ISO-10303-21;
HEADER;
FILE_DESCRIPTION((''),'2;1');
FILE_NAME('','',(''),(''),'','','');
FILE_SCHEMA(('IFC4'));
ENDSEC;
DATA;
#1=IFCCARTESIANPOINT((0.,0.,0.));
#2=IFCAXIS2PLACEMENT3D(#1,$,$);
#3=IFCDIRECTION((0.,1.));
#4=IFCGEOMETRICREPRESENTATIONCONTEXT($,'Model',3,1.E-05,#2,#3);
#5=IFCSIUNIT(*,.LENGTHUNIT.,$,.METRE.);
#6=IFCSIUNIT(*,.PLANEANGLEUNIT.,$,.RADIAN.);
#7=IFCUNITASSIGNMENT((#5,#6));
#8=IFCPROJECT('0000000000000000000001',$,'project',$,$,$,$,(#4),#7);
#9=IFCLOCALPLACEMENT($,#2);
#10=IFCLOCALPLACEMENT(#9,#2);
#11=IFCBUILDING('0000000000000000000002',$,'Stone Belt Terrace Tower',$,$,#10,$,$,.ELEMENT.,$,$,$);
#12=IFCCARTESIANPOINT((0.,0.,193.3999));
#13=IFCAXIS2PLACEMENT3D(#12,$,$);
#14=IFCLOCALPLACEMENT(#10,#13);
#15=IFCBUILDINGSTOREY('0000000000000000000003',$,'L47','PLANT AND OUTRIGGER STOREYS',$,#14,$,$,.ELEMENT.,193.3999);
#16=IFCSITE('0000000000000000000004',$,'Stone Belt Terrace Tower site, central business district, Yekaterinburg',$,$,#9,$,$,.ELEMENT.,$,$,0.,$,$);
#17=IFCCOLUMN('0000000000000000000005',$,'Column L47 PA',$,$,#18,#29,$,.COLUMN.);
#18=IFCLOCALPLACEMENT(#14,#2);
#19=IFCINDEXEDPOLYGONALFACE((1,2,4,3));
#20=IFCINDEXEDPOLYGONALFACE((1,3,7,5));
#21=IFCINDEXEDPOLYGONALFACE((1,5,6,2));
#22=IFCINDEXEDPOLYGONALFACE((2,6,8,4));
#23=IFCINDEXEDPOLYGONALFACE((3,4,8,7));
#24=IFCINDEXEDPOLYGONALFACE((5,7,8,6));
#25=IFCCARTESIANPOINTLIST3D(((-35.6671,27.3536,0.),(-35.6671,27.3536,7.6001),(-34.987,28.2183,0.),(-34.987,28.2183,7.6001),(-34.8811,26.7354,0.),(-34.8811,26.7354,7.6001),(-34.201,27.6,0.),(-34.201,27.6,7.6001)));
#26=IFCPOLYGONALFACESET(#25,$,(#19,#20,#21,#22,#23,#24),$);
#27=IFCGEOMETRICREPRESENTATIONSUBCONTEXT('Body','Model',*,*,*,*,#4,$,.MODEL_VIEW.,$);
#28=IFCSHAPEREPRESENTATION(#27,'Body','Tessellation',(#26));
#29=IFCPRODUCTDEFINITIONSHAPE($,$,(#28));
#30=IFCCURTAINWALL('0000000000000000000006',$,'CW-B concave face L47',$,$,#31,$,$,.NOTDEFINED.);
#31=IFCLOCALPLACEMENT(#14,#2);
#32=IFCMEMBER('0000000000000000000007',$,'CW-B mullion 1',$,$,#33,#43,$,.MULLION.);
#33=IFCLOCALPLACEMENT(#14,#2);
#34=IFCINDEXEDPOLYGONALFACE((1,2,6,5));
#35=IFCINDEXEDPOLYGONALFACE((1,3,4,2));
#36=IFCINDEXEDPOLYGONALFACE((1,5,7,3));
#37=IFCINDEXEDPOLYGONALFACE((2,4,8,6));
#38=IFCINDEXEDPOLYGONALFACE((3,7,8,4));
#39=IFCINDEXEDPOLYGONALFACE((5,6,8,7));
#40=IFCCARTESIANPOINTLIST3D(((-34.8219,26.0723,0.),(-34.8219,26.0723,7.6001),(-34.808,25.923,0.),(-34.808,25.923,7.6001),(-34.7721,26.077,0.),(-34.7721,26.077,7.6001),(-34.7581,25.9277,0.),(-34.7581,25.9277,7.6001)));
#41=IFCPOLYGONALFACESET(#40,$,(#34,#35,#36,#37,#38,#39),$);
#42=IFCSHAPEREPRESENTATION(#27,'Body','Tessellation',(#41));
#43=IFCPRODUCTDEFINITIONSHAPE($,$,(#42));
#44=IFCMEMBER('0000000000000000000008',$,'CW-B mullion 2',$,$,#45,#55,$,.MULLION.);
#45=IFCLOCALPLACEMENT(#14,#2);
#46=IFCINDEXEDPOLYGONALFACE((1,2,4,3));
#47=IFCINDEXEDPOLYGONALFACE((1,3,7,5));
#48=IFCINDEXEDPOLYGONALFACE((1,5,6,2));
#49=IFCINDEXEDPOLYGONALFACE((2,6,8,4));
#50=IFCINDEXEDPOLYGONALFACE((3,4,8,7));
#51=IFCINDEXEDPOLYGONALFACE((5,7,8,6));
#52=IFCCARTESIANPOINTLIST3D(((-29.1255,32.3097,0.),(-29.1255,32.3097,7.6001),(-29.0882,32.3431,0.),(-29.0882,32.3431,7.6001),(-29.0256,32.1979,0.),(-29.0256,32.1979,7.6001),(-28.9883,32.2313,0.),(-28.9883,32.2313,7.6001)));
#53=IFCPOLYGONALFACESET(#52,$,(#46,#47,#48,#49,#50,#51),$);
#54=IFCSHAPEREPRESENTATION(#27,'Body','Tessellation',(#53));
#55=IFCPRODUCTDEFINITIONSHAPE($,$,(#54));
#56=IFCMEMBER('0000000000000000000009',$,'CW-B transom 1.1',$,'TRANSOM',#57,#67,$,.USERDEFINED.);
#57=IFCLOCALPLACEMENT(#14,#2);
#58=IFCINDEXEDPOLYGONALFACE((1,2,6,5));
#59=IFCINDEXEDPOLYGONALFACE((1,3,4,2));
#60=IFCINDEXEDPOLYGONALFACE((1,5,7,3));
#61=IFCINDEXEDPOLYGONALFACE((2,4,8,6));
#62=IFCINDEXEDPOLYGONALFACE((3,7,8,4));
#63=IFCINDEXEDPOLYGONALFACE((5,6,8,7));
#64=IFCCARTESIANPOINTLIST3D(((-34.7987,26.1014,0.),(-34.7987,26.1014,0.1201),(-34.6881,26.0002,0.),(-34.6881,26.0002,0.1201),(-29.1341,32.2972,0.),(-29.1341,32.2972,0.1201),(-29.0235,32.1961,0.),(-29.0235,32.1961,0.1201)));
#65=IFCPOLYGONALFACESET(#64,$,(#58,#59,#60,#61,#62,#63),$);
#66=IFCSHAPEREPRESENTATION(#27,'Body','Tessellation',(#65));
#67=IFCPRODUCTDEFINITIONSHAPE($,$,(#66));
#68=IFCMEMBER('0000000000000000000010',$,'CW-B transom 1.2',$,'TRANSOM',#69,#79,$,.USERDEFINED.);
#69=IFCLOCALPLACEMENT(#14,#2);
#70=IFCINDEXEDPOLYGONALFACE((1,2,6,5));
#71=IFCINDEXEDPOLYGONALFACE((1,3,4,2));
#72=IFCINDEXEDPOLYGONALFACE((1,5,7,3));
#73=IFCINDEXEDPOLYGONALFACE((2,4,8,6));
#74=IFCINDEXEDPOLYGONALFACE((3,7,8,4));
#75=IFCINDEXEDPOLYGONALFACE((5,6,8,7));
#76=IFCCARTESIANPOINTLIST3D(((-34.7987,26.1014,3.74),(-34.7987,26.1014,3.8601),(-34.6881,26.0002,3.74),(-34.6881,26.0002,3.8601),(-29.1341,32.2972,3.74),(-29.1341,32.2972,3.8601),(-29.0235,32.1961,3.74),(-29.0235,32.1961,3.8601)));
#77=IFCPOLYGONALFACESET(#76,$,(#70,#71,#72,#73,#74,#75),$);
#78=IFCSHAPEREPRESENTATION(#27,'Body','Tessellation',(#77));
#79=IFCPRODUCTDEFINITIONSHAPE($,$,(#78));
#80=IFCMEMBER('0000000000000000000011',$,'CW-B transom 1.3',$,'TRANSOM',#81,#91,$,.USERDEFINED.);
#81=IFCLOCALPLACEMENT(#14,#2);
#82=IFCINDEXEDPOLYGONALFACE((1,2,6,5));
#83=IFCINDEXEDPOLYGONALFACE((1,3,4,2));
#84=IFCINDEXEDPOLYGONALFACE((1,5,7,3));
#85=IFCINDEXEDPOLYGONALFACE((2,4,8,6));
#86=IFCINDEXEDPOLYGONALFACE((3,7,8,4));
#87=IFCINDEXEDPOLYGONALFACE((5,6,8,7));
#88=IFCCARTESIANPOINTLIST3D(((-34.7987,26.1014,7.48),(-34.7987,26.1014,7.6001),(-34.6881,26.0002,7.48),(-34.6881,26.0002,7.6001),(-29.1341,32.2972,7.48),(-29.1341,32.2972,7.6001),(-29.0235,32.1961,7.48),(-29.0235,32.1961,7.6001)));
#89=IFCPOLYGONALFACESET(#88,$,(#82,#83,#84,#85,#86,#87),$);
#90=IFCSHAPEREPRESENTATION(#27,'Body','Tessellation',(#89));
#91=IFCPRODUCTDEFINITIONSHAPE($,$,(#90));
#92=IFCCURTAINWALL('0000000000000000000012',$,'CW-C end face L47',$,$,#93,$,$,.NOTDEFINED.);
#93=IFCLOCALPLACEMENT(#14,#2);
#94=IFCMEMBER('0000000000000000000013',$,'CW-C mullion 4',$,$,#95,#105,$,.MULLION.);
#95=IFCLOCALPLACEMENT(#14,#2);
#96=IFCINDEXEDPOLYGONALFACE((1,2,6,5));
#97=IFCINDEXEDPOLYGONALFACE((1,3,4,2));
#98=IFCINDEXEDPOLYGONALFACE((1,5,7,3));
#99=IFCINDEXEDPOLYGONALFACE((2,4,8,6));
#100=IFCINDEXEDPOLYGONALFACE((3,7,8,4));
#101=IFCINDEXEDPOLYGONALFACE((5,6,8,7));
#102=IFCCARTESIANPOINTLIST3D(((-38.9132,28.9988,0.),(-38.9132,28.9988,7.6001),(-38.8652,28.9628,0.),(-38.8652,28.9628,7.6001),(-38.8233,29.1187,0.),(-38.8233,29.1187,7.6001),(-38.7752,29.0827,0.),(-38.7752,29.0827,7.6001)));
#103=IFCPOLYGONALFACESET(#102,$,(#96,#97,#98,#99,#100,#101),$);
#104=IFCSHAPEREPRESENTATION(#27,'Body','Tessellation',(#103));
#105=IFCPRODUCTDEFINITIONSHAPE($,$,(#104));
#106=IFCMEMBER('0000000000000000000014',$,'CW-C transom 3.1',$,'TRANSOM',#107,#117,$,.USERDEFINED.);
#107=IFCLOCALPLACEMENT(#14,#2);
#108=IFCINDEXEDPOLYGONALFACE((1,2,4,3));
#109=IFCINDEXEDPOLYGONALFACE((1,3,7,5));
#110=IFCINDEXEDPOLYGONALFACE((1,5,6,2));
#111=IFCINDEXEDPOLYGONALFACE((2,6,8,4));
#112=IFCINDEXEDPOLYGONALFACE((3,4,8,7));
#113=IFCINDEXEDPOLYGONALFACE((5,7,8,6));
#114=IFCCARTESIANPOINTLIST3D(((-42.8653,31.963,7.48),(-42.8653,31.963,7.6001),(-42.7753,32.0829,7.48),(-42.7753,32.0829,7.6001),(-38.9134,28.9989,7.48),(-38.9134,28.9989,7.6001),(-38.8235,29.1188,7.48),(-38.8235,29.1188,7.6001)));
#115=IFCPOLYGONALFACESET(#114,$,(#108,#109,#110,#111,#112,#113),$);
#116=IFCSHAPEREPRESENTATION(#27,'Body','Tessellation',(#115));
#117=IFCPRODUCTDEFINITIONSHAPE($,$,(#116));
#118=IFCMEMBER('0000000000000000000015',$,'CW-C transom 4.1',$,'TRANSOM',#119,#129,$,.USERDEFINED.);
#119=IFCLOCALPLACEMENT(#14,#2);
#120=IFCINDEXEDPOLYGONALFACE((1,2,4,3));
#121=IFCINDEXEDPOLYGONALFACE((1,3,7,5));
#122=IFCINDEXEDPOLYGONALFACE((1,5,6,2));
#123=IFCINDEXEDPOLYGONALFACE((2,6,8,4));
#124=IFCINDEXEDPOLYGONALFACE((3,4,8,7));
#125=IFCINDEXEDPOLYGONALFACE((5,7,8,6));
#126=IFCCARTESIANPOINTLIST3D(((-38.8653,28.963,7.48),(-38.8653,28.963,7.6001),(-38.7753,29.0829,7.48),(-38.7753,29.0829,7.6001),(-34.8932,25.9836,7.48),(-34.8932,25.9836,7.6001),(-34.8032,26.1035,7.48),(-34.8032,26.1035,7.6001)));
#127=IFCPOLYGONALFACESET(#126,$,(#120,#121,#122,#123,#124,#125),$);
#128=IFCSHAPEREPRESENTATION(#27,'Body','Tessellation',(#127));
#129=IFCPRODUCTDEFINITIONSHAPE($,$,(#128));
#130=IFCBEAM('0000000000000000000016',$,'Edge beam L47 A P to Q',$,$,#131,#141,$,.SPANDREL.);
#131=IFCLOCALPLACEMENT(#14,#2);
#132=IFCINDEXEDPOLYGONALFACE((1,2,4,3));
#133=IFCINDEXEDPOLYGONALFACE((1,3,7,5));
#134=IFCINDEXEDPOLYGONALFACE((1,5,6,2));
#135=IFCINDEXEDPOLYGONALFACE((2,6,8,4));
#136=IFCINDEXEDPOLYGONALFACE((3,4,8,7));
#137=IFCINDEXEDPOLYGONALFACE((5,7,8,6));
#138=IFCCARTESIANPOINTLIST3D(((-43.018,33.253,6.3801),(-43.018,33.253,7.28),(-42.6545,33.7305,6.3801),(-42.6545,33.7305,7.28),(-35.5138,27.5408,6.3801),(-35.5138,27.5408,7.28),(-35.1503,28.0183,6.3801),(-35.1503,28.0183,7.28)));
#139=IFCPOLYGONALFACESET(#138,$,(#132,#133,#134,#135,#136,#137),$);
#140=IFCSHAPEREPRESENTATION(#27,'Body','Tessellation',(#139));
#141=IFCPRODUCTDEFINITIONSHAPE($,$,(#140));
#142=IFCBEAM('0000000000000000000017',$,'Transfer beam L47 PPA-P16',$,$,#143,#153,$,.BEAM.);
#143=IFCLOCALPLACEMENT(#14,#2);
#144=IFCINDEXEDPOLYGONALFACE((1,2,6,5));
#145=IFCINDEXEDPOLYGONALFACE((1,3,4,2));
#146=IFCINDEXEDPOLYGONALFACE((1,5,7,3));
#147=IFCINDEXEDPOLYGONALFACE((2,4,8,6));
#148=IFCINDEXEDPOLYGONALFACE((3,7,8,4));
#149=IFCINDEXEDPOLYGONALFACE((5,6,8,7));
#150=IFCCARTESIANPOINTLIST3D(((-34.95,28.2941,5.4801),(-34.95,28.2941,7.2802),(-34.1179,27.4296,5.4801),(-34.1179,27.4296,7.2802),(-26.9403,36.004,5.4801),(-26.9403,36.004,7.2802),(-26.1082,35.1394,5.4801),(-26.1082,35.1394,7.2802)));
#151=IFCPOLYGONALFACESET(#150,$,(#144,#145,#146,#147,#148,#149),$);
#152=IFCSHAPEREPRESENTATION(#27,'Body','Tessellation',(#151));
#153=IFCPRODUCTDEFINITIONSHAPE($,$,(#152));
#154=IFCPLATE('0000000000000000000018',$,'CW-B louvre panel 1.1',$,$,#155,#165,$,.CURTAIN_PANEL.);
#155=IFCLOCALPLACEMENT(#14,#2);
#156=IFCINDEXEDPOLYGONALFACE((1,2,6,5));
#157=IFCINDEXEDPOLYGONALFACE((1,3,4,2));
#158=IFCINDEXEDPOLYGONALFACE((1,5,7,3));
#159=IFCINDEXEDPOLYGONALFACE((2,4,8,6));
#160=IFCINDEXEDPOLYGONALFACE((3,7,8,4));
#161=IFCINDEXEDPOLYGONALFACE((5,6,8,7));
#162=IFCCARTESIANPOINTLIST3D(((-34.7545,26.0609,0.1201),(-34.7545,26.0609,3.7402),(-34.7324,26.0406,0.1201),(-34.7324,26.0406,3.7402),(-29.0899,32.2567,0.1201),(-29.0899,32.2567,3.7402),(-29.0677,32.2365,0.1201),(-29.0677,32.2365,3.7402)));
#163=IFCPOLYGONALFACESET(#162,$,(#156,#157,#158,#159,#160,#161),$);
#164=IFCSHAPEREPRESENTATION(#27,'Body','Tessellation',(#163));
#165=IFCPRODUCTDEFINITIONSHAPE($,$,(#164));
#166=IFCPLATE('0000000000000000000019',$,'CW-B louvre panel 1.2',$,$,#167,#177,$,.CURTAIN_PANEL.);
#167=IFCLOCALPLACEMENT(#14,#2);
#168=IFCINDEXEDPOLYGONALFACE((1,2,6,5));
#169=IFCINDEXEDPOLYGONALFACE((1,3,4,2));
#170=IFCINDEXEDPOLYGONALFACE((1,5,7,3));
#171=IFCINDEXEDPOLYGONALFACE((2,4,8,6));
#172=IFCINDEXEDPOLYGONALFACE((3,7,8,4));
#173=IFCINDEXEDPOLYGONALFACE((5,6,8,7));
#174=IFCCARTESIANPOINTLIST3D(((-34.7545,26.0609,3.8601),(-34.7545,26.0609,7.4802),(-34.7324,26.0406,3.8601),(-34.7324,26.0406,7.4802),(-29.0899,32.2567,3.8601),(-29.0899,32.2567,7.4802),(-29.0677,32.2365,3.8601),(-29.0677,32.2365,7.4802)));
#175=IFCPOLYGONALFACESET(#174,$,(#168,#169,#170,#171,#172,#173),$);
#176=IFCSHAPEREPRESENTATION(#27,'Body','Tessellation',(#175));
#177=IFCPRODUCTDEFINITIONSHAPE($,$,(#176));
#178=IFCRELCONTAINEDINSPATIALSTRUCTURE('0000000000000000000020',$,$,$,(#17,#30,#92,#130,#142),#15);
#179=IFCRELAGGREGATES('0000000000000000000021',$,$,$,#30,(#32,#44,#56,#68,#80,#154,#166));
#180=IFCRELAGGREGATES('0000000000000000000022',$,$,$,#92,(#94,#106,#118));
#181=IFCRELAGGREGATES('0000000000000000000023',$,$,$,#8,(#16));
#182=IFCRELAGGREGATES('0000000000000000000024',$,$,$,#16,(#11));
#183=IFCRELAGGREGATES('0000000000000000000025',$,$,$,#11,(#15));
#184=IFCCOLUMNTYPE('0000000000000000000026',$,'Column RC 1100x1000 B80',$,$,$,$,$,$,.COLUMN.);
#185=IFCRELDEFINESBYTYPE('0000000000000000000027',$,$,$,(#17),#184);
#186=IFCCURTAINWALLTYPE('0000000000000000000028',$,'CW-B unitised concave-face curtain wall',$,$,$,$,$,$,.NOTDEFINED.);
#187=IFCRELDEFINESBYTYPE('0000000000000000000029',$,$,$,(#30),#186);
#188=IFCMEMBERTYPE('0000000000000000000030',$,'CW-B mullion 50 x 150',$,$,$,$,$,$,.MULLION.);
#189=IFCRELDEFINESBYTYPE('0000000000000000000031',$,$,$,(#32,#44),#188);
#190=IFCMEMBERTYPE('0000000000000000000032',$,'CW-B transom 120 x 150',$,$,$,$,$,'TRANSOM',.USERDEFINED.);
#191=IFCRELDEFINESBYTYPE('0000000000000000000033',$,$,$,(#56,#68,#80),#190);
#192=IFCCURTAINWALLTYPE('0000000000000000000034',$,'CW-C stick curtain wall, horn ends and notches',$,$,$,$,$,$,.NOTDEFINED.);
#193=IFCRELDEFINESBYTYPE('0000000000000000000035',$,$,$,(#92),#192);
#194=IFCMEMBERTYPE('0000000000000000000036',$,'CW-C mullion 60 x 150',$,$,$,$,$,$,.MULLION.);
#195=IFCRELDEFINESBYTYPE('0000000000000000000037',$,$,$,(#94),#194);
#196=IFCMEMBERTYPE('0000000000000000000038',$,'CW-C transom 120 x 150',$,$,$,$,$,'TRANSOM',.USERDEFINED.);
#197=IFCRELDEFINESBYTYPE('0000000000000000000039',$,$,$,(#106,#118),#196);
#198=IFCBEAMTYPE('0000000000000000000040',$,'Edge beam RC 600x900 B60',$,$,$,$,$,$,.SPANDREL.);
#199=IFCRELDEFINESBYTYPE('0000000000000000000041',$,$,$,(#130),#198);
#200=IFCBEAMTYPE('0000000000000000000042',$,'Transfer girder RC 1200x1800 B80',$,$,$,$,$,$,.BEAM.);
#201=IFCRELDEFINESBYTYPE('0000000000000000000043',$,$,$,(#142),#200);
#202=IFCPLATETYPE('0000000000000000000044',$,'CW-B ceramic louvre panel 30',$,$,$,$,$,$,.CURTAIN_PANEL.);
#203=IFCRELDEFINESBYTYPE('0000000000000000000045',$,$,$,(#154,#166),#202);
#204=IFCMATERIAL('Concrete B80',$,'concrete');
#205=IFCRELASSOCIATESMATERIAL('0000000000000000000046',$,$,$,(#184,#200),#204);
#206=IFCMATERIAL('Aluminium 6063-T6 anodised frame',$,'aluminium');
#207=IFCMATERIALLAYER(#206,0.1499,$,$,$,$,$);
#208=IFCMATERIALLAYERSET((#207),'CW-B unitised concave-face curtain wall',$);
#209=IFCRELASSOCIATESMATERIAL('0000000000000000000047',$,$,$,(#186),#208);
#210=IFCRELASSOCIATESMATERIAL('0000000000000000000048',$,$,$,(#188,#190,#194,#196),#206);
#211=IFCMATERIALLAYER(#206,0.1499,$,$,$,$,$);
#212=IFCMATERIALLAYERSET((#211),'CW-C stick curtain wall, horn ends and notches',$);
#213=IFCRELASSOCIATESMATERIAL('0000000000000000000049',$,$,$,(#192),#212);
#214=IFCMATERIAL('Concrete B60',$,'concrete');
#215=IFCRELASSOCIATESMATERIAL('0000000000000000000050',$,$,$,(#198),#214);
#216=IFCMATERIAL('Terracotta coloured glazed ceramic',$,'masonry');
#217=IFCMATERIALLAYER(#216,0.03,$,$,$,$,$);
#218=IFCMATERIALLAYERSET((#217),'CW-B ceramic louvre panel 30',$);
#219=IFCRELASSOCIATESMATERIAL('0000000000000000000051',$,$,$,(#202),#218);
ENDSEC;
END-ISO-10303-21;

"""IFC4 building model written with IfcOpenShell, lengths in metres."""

from ifc_helpers import new_model, si_unit, direction, frame, origin, origin_2d, place, context, subcontext, project, spatial, rectangle, extrude, material, layer, layer_set, material_profile, profile_set, type_object, element, aggregate, save


model = new_model("IFC4")

# Units and contexts
model_context = context("Model", 3, precision=1e-05, world=origin(), true_north=direction((0.0, 1.0)))
body_context = subcontext(model_context, "Body", "Model", "MODEL_VIEW")
ifc_project = project(units=[si_unit("LENGTHUNIT", "METRE"), si_unit("PLANEANGLEUNIT", "RADIAN")], contexts=[model_context])

# Site, building, storey
site_placement = place(None, origin())
site = spatial("IfcSite", under=ifc_project, at=site_placement, Name="Stone Belt Terrace Tower site, central business district, Yekaterinburg", CompositionType="ELEMENT", RefElevation=0.0)
building_placement = place(site_placement, origin())
building = spatial("IfcBuilding", under=site, at=building_placement, Name="Stone Belt Terrace Tower", CompositionType="ELEMENT")
storey_placement = place(building_placement, frame((0.0, 0.0, 193.3999)))
storey = spatial("IfcBuildingStorey", under=building, at=storey_placement, Name="L47", Description="PLANT AND OUTRIGGER STOREYS", CompositionType="ELEMENT", Elevation=193.3999)

# Column
ifc_material_1 = material(Name="Concrete B80", Category="concrete")
ifc_material_profile_1 = material_profile(ifc_material_1, rectangle(XDim=1.1001, YDim=1.0, at=origin_2d()), Name="RC 1100x1000")
ifc_profile_set_1 = profile_set([ifc_material_profile_1], Name="Concrete B80")
column_type = type_object("IfcColumnType", Name="Column RC 1100x1000 B80", PredefinedType="COLUMN", material=ifc_profile_set_1)
column_placement = place(storey_placement, frame((-34.9341, 27.4768, 0.0), z_axis=(0.0, 0.0, 1.0), x_axis=(0.618218, 0.786007, 0.0)))
element("IfcColumn", 1, at=column_placement, inside=storey, type_object=column_type, Name="Column L47 PA", PredefinedType="COLUMN", context=body_context, shape_type="SweptSolid", body=[
    extrude(rectangle(XDim=1.1001, YDim=1.0, at=origin_2d()), origin(), (0.0, 0.0, 1.0), 7.6001),
])

# Curtain walls, members
ifc_material_2 = material(Name="Aluminium 6063-T6 anodised frame", Category="aluminium")
ifc_layer_1 = layer(ifc_material_2, 0.1499)
ifc_layer_set_1 = layer_set([ifc_layer_1], Name="CW-B unitised concave-face curtain wall")
curtain_wall_type_1 = type_object("IfcCurtainWallType", Name="CW-B unitised concave-face curtain wall", PredefinedType="NOTDEFINED", material=ifc_layer_set_1)
curtain_wall_1_placement = place(storey_placement, origin())
curtain_wall_1 = element("IfcCurtainWall", 2, at=curtain_wall_1_placement, inside=storey, type_object=curtain_wall_type_1, Name="CW-B concave face L47", PredefinedType="NOTDEFINED")
ifc_material_profile_2 = material_profile(ifc_material_2, rectangle(XDim=0.1499, YDim=0.05, at=origin_2d()), Name="Aluminium 6063-T6 50x150")
ifc_profile_set_2 = profile_set([ifc_material_profile_2], Name="Aluminium 6063-T6 anodised frame")
member_type_1 = type_object("IfcMemberType", Name="CW-B mullion 50 x 150", PredefinedType="MULLION", material=ifc_profile_set_2)
member_1_placement = place(storey_placement, frame((-34.79, 26.0, 0.0), z_axis=(0.0, 0.0, 1.0), x_axis=(-0.093181, 0.995649, 0.0)))
member_1 = element("IfcMember", 3, at=member_1_placement, type_object=member_type_1, Name="CW-B mullion 1", PredefinedType="MULLION", context=body_context, shape_type="SweptSolid", body=[
    extrude(rectangle(XDim=0.1499, YDim=0.05, at=origin_2d()), origin(), (0.0, 0.0, 1.0), 7.6001),
])
member_2_placement = place(storey_placement, frame((-29.0569, 32.2705, 0.0), z_axis=(0.0, 0.0, 1.0), x_axis=(-0.666301, 0.745683, 0.0)))
member_2 = element("IfcMember", 4, at=member_2_placement, type_object=member_type_1, Name="CW-B mullion 2", PredefinedType="MULLION", context=body_context, shape_type="SweptSolid", body=[
    extrude(rectangle(XDim=0.1499, YDim=0.05, at=origin_2d()), origin(), (0.0, 0.0, 1.0), 7.6001),
])
ifc_material_profile_3 = material_profile(ifc_material_2, rectangle(XDim=0.1499, YDim=0.1201, at=origin_2d()), Name="Aluminium 6063-T6 150x120")
ifc_profile_set_3 = profile_set([ifc_material_profile_3], Name="Aluminium 6063-T6 anodised frame")
member_type_2 = type_object("IfcMemberType", Name="CW-B transom 120 x 150", ElementType="TRANSOM", PredefinedType="USERDEFINED", material=ifc_profile_set_3)
member_3_placement = place(storey_placement, frame((-34.7434, 26.0508, 0.0601), z_axis=(0.674757, 0.73804, 0.0), x_axis=(-0.73804, 0.674757, 0.0)))
member_3 = element("IfcMember", 5, at=member_3_placement, type_object=member_type_2, Name="CW-B transom 1.1", ObjectType="TRANSOM", PredefinedType="USERDEFINED", context=body_context, shape_type="SweptSolid", body=[
    extrude(rectangle(XDim=0.1499, YDim=0.1201, at=origin_2d()), origin(), (0.0, 0.0, 1.0), 8.395),
])
member_4_placement = place(storey_placement, frame((-34.7434, 26.0508, 3.8), z_axis=(0.674757, 0.73804, 0.0), x_axis=(-0.73804, 0.674757, 0.0)))
member_4 = element("IfcMember", 6, at=member_4_placement, type_object=member_type_2, Name="CW-B transom 1.2", ObjectType="TRANSOM", PredefinedType="USERDEFINED", context=body_context, shape_type="SweptSolid", body=[
    extrude(rectangle(XDim=0.1499, YDim=0.1201, at=origin_2d()), origin(), (0.0, 0.0, 1.0), 8.395),
])
member_5_placement = place(storey_placement, frame((-34.7434, 26.0508, 7.54), z_axis=(0.674757, 0.73804, 0.0), x_axis=(-0.73804, 0.674757, 0.0)))
member_5 = element("IfcMember", 7, at=member_5_placement, type_object=member_type_2, Name="CW-B transom 1.3", ObjectType="TRANSOM", PredefinedType="USERDEFINED", context=body_context, shape_type="SweptSolid", body=[
    extrude(rectangle(XDim=0.1499, YDim=0.1201, at=origin_2d()), origin(), (0.0, 0.0, 1.0), 8.395),
])
ifc_layer_2 = layer(ifc_material_2, 0.1499)
ifc_layer_set_2 = layer_set([ifc_layer_2], Name="CW-C stick curtain wall, horn ends and notches")
curtain_wall_type_2 = type_object("IfcCurtainWallType", Name="CW-C stick curtain wall, horn ends and notches", PredefinedType="NOTDEFINED", material=ifc_layer_set_2)
curtain_wall_2_placement = place(storey_placement, origin())
curtain_wall_2 = element("IfcCurtainWall", 8, at=curtain_wall_2_placement, inside=storey, type_object=curtain_wall_type_2, Name="CW-C end face L47", PredefinedType="NOTDEFINED")
ifc_material_profile_4 = material_profile(ifc_material_2, rectangle(XDim=0.1499, YDim=0.0601, at=origin_2d()), Name="Aluminium 6063-T6 60x150")
ifc_profile_set_4 = profile_set([ifc_material_profile_4], Name="Aluminium 6063-T6 anodised frame")
member_type_3 = type_object("IfcMemberType", Name="CW-C mullion 60 x 150", PredefinedType="MULLION", material=ifc_profile_set_4)
member_6_placement = place(storey_placement, frame((-38.8442, 29.0408, 0.0), z_axis=(0.0, 0.0, 1.0), x_axis=(0.600018, 0.799987, 0.0)))
member_6 = element("IfcMember", 9, at=member_6_placement, type_object=member_type_3, Name="CW-C mullion 4", PredefinedType="MULLION", context=body_context, shape_type="SweptSolid", body=[
    extrude(rectangle(XDim=0.1499, YDim=0.0601, at=origin_2d()), origin(), (0.0, 0.0, 1.0), 7.6001),
])
ifc_material_profile_5 = material_profile(ifc_material_2, rectangle(XDim=0.1499, YDim=0.1201, at=origin_2d()), Name="Aluminium 6063-T6 150x120")
ifc_profile_set_5 = profile_set([ifc_material_profile_5], Name="Aluminium 6063-T6 anodised frame")
member_type_4 = type_object("IfcMemberType", Name="CW-C transom 120 x 150", ElementType="TRANSOM", PredefinedType="USERDEFINED", material=ifc_profile_set_5)
member_7_placement = place(storey_placement, frame((-42.8203, 32.0229, 7.54), z_axis=(0.799982, -0.600024, 0.0), x_axis=(0.600024, 0.799982, 0.0)))
member_7 = element("IfcMember", 10, at=member_7_placement, type_object=member_type_4, Name="CW-C transom 3.1", ObjectType="TRANSOM", PredefinedType="USERDEFINED", context=body_context, shape_type="SweptSolid", body=[
    extrude(rectangle(XDim=0.1499, YDim=0.1201, at=origin_2d()), origin(), (0.0, 0.0, 1.0), 4.9399),
])
member_8_placement = place(storey_placement, frame((-38.8203, 29.0229, 7.54), z_axis=(0.799965, -0.600047, 0.0), x_axis=(0.600047, 0.799965, 0.0)))
member_8 = element("IfcMember", 11, at=member_8_placement, type_object=member_type_4, Name="CW-C transom 4.1", ObjectType="TRANSOM", PredefinedType="USERDEFINED", context=body_context, shape_type="SweptSolid", body=[
    extrude(rectangle(XDim=0.1499, YDim=0.1201, at=origin_2d()), origin(), (0.0, 0.0, 1.0), 4.9653),
])

# Beams
ifc_material_3 = material(Name="Concrete B60", Category="concrete")
ifc_material_profile_6 = material_profile(ifc_material_3, rectangle(XDim=0.6001, YDim=0.8999, at=origin_2d()), Name="RC 600x900")
ifc_profile_set_6 = profile_set([ifc_material_profile_6], Name="Concrete B60")
beam_type_1 = type_object("IfcBeamType", Name="Edge beam RC 600x900 B60", PredefinedType="SPANDREL", material=ifc_profile_set_6)
beam_1_placement = place(storey_placement, frame((-35.332, 27.7795, 6.8301), z_axis=(-0.795702, 0.605688, 0.0), x_axis=(-0.605688, -0.795702, 0.0)))
element("IfcBeam", 12, at=beam_1_placement, inside=storey, type_object=beam_type_1, Name="Edge beam L47 A P to Q", PredefinedType="SPANDREL", context=body_context, shape_type="SweptSolid", body=[
    extrude(rectangle(XDim=0.6001, YDim=0.8999, at=origin_2d()), origin(), (0.0, 0.0, 1.0), 9.4309),
])
ifc_material_profile_7 = material_profile(ifc_material_1, rectangle(XDim=1.2, YDim=1.8, at=origin_2d()), Name="RC 1200x1800")
ifc_profile_set_7 = profile_set([ifc_material_profile_7], Name="Concrete B80")
beam_type_2 = type_object("IfcBeamType", Name="Transfer girder RC 1200x1800 B80", PredefinedType="BEAM", material=ifc_profile_set_7)
beam_2_placement = place(storey_placement, frame((-34.5339, 27.8618, 6.3801), z_axis=(0.720462, 0.693495, 0.0), x_axis=(-0.693495, 0.720462, 0.0)))
element("IfcBeam", 13, at=beam_2_placement, inside=storey, type_object=beam_type_2, Name="Transfer beam L47 PPA-P16", PredefinedType="BEAM", context=body_context, shape_type="SweptSolid", body=[
    extrude(rectangle(XDim=1.2, YDim=1.8, at=origin_2d()), origin(), (0.0, 0.0, 1.0), 11.1174),
])

# Plates
ifc_material_4 = material(Name="Terracotta coloured glazed ceramic", Category="masonry")
ifc_layer_3 = layer(ifc_material_4, 0.03)
ifc_layer_set_3 = layer_set([ifc_layer_3], Name="CW-B ceramic louvre panel 30")
plate_type_1 = type_object("IfcPlateType", Name="CW-B ceramic louvre panel 30", PredefinedType="CURTAIN_PANEL", material=ifc_layer_set_3)
plate_1_placement = place(storey_placement, frame((-31.9111, 29.1487, 0.1201), z_axis=(0.0, 0.0, 1.0), x_axis=(0.674761, 0.738036, 0.0)))
plate_1 = element("IfcPlate", 14, at=plate_1_placement, type_object=plate_type_1, Name="CW-B louvre panel 1.1", PredefinedType="CURTAIN_PANEL", context=body_context, shape_type="SweptSolid", body=[
    extrude(rectangle(XDim=8.395, YDim=0.03, at=origin_2d()), origin(), (0.0, 0.0, 1.0), 3.6201),
])
plate_2_placement = place(storey_placement, frame((-31.9111, 29.1487, 3.8601), z_axis=(0.0, 0.0, 1.0), x_axis=(0.674761, 0.738036, 0.0)))
plate_2 = element("IfcPlate", 15, at=plate_2_placement, type_object=plate_type_1, Name="CW-B louvre panel 1.2", PredefinedType="CURTAIN_PANEL", context=body_context, shape_type="SweptSolid", body=[
    extrude(rectangle(XDim=8.395, YDim=0.03, at=origin_2d()), origin(), (0.0, 0.0, 1.0), 3.6201),
])
aggregate(curtain_wall_1, [member_1, member_2, member_3, member_4, member_5, plate_1, plate_2])
aggregate(curtain_wall_2, [member_6, member_7, member_8])

save(model, "model.ifc")
